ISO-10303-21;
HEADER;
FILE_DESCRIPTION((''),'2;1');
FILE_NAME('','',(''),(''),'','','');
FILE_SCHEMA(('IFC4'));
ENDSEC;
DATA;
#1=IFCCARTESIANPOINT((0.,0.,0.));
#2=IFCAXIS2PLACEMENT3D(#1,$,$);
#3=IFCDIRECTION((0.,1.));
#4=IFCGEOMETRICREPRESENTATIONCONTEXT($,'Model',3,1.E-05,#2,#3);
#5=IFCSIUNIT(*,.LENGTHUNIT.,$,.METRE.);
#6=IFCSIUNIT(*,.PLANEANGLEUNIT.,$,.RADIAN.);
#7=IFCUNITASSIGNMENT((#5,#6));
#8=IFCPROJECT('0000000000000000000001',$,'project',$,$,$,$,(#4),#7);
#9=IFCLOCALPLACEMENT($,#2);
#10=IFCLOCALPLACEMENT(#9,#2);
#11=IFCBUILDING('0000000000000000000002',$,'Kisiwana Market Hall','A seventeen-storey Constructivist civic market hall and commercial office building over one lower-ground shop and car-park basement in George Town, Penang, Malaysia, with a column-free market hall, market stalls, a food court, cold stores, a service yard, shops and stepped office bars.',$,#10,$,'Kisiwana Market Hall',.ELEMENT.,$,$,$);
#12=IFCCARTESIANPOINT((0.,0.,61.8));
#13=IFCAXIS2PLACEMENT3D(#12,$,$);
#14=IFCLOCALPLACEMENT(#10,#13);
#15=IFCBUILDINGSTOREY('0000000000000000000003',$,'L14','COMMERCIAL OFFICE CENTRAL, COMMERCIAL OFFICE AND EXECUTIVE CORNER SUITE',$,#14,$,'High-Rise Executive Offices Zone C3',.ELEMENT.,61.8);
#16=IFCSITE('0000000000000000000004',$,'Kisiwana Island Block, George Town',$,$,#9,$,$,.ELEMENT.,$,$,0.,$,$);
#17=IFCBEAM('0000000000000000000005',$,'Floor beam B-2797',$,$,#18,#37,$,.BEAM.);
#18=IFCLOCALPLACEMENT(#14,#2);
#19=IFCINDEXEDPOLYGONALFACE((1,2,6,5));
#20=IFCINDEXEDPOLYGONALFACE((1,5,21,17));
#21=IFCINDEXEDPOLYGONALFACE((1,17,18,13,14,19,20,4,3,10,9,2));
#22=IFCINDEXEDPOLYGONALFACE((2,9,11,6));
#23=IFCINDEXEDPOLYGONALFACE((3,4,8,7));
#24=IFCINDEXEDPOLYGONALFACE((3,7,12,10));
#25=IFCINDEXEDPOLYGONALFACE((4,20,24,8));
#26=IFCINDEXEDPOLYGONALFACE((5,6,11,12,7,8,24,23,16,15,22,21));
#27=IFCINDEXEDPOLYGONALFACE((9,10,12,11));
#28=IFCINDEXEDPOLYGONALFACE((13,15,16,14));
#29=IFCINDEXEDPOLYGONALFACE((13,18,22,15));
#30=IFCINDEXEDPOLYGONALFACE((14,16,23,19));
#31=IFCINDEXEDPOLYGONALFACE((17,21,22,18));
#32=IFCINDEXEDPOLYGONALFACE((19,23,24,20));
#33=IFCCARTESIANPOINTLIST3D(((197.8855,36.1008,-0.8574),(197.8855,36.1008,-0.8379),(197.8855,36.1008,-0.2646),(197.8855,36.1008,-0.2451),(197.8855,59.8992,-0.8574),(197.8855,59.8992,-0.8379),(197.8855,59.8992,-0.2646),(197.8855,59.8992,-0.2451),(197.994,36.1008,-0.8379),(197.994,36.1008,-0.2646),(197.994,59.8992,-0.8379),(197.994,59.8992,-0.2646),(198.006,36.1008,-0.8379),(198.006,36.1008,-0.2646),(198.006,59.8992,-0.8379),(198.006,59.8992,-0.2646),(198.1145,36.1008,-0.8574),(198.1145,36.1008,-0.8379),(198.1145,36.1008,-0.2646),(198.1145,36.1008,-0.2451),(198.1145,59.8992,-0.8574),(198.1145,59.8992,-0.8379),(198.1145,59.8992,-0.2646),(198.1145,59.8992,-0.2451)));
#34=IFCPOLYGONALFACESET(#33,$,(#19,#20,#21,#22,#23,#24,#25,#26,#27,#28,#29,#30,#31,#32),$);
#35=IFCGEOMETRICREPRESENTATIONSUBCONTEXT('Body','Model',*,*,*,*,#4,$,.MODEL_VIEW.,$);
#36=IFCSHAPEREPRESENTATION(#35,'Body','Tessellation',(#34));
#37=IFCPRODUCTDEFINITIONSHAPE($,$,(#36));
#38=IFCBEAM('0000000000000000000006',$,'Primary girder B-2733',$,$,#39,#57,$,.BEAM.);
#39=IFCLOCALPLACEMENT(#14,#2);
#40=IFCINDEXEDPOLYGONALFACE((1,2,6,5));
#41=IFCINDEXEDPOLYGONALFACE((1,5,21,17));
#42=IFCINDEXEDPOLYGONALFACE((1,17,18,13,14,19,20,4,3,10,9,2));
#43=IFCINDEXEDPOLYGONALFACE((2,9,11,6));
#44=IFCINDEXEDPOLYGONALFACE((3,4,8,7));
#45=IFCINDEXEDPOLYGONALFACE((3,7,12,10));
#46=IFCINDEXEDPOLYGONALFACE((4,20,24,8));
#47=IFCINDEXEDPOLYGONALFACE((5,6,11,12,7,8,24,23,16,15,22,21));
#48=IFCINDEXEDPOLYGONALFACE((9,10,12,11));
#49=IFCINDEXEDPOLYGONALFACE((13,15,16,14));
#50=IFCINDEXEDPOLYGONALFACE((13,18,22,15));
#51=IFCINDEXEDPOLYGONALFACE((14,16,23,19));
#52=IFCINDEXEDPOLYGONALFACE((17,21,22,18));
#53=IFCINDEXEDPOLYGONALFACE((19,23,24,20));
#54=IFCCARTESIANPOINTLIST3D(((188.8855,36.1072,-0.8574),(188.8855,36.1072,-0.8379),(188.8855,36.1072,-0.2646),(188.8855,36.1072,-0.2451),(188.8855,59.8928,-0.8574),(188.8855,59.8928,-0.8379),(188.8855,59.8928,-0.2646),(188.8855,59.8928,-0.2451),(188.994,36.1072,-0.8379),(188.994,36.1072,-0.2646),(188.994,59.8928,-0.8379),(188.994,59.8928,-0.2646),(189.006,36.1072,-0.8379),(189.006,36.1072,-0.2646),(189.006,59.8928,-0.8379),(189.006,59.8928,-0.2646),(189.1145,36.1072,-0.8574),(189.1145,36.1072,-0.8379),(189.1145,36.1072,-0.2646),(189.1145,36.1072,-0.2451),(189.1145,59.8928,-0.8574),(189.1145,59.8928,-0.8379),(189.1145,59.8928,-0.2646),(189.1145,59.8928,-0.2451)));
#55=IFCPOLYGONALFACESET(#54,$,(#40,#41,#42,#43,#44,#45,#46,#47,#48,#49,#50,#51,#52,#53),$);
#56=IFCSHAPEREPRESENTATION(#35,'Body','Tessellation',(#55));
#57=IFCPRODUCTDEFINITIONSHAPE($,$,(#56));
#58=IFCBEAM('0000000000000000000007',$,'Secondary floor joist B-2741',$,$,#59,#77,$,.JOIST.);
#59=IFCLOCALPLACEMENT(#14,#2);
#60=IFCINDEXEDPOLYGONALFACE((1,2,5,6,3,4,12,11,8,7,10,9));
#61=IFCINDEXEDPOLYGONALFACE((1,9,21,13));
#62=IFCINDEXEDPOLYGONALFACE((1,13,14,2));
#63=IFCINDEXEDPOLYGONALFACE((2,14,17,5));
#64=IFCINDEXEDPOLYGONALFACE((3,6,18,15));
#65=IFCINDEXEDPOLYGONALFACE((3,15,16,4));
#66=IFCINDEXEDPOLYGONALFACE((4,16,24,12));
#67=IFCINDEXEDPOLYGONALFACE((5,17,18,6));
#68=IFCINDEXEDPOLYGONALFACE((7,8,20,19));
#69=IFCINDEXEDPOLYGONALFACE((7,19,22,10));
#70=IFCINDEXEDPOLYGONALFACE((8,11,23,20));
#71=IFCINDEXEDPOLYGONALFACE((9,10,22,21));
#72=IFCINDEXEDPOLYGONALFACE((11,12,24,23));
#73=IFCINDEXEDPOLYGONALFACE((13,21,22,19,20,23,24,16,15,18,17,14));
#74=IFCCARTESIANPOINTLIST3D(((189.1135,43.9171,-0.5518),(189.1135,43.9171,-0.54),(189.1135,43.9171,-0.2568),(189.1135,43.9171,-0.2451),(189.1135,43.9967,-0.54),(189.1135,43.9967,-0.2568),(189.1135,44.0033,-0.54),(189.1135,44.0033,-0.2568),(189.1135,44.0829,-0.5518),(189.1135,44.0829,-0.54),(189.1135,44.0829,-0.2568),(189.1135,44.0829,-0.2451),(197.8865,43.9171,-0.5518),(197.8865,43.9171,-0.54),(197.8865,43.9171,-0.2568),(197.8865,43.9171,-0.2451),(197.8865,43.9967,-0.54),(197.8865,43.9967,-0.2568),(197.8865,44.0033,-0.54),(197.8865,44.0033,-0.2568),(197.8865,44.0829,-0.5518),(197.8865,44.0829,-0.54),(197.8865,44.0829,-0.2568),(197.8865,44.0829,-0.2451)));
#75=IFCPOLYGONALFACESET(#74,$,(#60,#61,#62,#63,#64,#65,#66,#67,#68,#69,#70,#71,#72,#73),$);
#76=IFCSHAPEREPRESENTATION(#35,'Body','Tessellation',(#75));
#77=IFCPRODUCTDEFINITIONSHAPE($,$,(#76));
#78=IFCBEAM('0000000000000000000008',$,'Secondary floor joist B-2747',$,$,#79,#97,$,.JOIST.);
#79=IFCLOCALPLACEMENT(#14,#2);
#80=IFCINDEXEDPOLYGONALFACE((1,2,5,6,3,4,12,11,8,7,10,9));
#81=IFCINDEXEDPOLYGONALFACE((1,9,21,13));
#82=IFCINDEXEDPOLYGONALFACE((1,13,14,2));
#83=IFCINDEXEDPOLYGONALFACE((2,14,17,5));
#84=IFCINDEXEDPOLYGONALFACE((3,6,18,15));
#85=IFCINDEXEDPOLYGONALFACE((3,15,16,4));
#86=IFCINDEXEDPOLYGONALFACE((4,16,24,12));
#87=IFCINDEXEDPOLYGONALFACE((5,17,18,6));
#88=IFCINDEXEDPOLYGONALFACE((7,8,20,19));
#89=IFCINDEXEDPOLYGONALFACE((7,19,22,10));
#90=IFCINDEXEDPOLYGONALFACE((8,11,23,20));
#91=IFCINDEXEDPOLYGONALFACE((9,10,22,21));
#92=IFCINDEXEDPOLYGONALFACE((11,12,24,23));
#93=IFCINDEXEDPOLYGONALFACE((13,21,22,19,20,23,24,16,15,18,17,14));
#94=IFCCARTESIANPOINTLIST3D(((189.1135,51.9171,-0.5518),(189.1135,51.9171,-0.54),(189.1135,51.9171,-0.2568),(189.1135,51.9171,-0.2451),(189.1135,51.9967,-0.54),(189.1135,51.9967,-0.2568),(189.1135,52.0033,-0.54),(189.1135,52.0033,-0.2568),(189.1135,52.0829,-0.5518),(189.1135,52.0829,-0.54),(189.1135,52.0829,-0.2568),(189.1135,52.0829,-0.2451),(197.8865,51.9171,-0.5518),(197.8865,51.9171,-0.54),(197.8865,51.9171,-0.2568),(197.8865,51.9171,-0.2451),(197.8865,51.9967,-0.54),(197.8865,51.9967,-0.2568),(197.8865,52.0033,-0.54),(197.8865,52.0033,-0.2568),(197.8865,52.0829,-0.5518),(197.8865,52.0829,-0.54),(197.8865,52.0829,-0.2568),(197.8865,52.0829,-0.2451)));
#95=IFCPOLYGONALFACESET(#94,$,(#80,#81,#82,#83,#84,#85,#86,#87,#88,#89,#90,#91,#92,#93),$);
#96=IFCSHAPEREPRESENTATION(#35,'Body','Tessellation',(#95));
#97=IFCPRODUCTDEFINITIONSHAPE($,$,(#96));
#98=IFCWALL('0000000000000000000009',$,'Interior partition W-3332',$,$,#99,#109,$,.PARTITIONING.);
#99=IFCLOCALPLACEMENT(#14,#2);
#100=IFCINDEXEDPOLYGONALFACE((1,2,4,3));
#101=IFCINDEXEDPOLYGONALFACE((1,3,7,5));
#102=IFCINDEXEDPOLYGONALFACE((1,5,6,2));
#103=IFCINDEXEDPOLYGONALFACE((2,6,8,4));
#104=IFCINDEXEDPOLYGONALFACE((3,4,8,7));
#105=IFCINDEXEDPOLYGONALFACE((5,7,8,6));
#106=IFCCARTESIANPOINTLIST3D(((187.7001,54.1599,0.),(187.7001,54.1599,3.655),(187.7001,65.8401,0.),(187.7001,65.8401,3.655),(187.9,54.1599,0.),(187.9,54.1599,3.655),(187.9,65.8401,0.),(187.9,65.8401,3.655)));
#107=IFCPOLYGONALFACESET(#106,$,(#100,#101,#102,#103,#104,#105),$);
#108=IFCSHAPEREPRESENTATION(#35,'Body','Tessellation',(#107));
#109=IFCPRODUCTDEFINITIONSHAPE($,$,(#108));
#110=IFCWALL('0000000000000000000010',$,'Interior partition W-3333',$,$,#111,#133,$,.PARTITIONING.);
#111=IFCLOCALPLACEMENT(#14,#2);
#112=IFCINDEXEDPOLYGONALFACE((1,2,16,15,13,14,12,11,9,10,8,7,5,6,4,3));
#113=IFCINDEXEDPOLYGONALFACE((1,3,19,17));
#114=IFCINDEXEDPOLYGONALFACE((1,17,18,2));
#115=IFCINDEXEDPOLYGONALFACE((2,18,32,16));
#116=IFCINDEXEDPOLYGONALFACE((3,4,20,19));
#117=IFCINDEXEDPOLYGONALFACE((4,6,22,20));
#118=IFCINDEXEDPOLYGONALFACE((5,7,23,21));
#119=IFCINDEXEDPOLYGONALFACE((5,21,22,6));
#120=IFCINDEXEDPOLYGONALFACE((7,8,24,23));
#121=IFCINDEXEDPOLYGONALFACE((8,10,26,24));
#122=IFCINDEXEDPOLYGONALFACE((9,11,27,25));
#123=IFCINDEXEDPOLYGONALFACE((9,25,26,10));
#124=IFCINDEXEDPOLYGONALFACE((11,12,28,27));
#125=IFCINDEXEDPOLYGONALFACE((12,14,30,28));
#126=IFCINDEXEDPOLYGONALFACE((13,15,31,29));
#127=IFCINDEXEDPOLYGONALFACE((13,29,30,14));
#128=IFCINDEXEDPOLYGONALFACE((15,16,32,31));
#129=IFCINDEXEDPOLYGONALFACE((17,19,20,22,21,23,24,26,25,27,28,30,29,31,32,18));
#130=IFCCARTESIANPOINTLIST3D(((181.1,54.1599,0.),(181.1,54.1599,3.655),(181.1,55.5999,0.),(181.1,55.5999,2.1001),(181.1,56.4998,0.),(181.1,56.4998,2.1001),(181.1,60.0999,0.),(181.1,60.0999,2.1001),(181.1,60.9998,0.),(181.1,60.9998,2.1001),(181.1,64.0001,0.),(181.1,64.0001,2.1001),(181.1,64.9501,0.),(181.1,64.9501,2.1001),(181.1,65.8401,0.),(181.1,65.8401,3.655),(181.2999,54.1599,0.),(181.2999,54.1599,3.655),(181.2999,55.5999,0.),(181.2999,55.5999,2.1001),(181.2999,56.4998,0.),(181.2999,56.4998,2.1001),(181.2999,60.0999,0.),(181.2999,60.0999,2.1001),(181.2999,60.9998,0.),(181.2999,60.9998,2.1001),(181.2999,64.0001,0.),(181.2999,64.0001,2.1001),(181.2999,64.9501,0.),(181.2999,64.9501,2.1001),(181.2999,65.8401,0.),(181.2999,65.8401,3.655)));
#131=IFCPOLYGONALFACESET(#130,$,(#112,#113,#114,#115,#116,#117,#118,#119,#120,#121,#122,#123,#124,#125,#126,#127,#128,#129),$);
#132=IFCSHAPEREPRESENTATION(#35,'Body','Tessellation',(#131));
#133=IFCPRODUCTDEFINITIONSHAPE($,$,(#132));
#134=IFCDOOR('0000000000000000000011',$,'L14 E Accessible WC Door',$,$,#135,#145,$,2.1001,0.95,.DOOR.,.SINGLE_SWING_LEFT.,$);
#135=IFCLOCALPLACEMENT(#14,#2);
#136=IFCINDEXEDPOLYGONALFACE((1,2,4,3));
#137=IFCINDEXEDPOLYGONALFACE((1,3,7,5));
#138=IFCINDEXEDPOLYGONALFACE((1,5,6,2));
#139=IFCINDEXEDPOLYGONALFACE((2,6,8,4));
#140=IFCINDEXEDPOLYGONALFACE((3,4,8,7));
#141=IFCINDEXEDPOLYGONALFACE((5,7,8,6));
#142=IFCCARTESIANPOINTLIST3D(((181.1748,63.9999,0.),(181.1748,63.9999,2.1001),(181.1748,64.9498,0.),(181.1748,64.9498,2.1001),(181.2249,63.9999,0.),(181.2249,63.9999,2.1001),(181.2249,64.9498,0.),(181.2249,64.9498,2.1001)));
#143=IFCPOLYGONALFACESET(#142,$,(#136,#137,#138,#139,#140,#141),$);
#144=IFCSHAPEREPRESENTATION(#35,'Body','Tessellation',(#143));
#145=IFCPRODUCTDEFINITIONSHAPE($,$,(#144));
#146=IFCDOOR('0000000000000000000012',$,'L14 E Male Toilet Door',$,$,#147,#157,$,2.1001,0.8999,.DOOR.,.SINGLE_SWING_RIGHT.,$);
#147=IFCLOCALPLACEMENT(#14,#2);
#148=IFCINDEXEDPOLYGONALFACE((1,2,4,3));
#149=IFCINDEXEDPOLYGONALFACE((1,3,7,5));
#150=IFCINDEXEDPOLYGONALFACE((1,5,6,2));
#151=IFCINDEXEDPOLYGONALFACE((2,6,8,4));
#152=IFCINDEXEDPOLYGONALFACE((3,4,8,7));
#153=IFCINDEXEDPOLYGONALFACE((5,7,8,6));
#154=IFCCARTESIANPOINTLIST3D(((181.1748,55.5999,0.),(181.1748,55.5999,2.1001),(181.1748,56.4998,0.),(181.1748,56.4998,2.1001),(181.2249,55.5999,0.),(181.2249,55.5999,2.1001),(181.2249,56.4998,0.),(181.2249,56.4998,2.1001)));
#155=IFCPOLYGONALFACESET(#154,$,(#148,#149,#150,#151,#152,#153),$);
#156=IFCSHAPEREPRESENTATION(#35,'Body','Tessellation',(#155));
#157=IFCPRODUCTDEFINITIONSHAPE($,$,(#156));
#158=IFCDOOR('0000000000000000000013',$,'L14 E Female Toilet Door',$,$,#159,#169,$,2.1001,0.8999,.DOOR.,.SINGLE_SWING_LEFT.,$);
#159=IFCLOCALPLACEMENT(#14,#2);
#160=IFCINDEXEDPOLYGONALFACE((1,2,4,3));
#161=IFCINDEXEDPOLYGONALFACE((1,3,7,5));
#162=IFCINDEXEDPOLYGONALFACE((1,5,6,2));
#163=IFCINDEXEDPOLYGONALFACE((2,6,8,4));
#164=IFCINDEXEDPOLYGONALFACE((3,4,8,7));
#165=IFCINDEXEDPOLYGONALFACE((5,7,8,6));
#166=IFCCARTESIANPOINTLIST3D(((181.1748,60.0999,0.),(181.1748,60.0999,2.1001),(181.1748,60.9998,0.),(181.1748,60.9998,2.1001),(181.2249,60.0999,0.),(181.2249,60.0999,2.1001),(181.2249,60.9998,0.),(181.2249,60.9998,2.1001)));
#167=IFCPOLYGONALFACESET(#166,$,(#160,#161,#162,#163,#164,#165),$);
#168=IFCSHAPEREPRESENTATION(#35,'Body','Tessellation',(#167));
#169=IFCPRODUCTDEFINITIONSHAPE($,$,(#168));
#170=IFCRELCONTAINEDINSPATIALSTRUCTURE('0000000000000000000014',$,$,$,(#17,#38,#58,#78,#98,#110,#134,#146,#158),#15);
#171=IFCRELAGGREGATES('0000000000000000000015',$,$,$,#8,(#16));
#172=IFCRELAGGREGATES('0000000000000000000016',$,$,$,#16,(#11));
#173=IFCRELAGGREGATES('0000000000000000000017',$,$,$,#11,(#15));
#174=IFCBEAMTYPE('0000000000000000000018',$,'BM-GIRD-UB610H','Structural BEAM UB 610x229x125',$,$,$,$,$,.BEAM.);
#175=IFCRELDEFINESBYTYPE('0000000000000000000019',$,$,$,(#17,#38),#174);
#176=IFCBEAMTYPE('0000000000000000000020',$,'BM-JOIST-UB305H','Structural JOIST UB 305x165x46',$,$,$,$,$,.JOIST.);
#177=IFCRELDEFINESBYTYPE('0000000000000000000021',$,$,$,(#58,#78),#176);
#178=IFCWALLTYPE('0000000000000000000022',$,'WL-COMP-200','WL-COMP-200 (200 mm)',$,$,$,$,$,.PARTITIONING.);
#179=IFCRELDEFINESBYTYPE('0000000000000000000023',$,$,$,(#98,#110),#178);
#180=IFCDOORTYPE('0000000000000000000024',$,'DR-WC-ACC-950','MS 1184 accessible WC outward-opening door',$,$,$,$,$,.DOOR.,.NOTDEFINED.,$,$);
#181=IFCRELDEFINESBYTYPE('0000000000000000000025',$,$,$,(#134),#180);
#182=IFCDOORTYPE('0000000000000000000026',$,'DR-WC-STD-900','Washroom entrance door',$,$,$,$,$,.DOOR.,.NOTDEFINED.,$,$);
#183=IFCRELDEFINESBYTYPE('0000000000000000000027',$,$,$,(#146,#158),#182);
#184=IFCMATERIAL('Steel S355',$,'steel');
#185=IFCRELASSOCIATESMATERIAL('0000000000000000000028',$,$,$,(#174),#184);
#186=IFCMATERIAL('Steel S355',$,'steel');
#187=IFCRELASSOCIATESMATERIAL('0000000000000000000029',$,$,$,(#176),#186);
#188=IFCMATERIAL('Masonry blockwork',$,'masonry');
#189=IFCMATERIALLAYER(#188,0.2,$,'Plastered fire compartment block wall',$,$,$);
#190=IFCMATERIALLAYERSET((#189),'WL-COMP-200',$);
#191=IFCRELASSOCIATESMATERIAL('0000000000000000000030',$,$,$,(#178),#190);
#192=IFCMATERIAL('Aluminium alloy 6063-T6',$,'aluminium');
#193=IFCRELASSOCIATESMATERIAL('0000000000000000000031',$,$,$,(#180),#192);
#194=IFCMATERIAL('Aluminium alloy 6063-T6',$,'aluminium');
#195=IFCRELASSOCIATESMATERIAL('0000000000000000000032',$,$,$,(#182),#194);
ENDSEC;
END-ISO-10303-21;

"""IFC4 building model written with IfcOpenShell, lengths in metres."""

from ifc_helpers import new_model, si_unit, direction, frame, frame_2d, origin, origin_2d, place, context, subcontext, project, spatial, rectangle, i_section, extrude, material, layer, layer_set, material_profile, profile_set, type_object, element, fill, save


model = new_model("IFC4")

# Units and contexts
model_context = context("Model", 3, precision=1e-05, world=origin(), true_north=direction((0.0, 1.0)))
body_context = subcontext(model_context, "Body", "Model", "MODEL_VIEW")
ifc_project = project(units=[si_unit("LENGTHUNIT", "METRE"), si_unit("PLANEANGLEUNIT", "RADIAN")], contexts=[model_context])

# Site, building, storey
site_placement = place(None, origin())
site = spatial("IfcSite", under=ifc_project, at=site_placement, Name="Kisiwana Island Block, George Town", CompositionType="ELEMENT", RefElevation=0.0)
building_placement = place(site_placement, origin())
building = spatial("IfcBuilding", under=site, at=building_placement, Name="Kisiwana Market Hall", Description="A seventeen-storey Constructivist civic market hall and commercial office building over one lower-ground shop and car-park basement in George Town, Penang, Malaysia, with a column-free market hall, market stalls, a food court, cold stores, a service yard, shops and stepped office bars.", LongName="Kisiwana Market Hall", CompositionType="ELEMENT")
storey_placement = place(building_placement, frame((0.0, 0.0, 61.8)))
storey = spatial("IfcBuildingStorey", under=building, at=storey_placement, Name="L14", Description="COMMERCIAL OFFICE CENTRAL, COMMERCIAL OFFICE AND EXECUTIVE CORNER SUITE", LongName="High-Rise Executive Offices Zone C3", CompositionType="ELEMENT", Elevation=61.8)

# Beams
ifc_material_1 = material(Name="Steel S355", Category="steel")
ifc_material_profile_1 = material_profile(ifc_material_1, i_section(OverallWidth=0.229, OverallDepth=0.6123, WebThickness=0.012, FlangeThickness=0.0195, at=origin_2d()), Name="UB 610x229x125")
ifc_profile_set_1 = profile_set([ifc_material_profile_1], Name="Steel S355")
beam_type_1 = type_object("IfcBeamType", Name="BM-GIRD-UB610H", Description="Structural BEAM UB 610x229x125", PredefinedType="BEAM", material=ifc_profile_set_1)
beam_1_placement = place(storey_placement, frame((198.0, 36.1008, -0.5513), z_axis=(0.0, 1.0, 0.0), x_axis=(-1.0, 0.0, 0.0)))
element("IfcBeam", 1, at=beam_1_placement, inside=storey, type_object=beam_type_1, Name="Floor beam B-2797", PredefinedType="BEAM", context=body_context, shape_type="SweptSolid", body=[
    extrude(i_section(OverallWidth=0.229, OverallDepth=0.6123, WebThickness=0.012, FlangeThickness=0.0195, at=origin_2d()), origin(), (0.0, 0.0, 1.0), 23.7983),
])
beam_2_placement = place(storey_placement, frame((189.0, 36.1072, -0.5513), z_axis=(0.0, 1.0, 0.0), x_axis=(-1.0, 0.0, 0.0)))
element("IfcBeam", 2, at=beam_2_placement, inside=storey, type_object=beam_type_1, Name="Primary girder B-2733", PredefinedType="BEAM", context=body_context, shape_type="SweptSolid", body=[
    extrude(i_section(OverallWidth=0.229, OverallDepth=0.6123, WebThickness=0.012, FlangeThickness=0.0195, at=origin_2d()), origin(), (0.0, 0.0, 1.0), 23.7856),
])
ifc_material_2 = material(Name="Steel S355", Category="steel")
ifc_material_profile_2 = material_profile(ifc_material_2, i_section(OverallWidth=0.1658, OverallDepth=0.3066, WebThickness=0.0066, FlangeThickness=0.0117, at=origin_2d()), Name="UB 305x165x46")
ifc_profile_set_2 = profile_set([ifc_material_profile_2], Name="Steel S355")
beam_type_2 = type_object("IfcBeamType", Name="BM-JOIST-UB305H", Description="Structural JOIST UB 305x165x46", PredefinedType="JOIST", material=ifc_profile_set_2)
for number, where, z_axis, x_axis, name in (
    (3, (189.1135, 44.0, -0.3984), (1.0, 0.0, 0.0), (0.0, 1.0, 0.0), "Secondary floor joist B-2741"),
    (4, (189.1135, 52.0, -0.3984), (1.0, 0.0, 0.0), (0.0, 1.0, 0.0), "Secondary floor joist B-2747"),
):
    element("IfcBeam", number, at=place(storey_placement, frame(where, z_axis=z_axis, x_axis=x_axis)), inside=storey, type_object=beam_type_2, Name=name, PredefinedType="JOIST", context=body_context, shape_type="SweptSolid", body=[
        extrude(i_section(OverallWidth=0.1658, OverallDepth=0.3066, WebThickness=0.0066, FlangeThickness=0.0117, at=origin_2d()), origin(), (0.0, 0.0, 1.0), 8.7729),
    ])

# Wall
ifc_material_3 = material(Name="Masonry blockwork", Category="masonry")
ifc_layer_1 = layer(ifc_material_3, 0.2, Name="Plastered fire compartment block wall")
ifc_layer_set_1 = layer_set([ifc_layer_1], Name="WL-COMP-200")
wall_type_1 = type_object("IfcWallType", Name="WL-COMP-200", Description="WL-COMP-200 (200 mm)", PredefinedType="PARTITIONING", material=ifc_layer_set_1)
wall_1_placement = place(storey_placement, frame((187.8, 54.1599, 0.0), z_axis=(0.0, 0.0, 1.0), x_axis=(0.0, 1.0, 0.0)))
element("IfcWall", 5, at=wall_1_placement, inside=storey, type_object=wall_type_1, Name="Interior partition W-3332", PredefinedType="PARTITIONING", context=body_context, shape_type="SweptSolid", body=[
    extrude(rectangle(XDim=11.6802, YDim=0.2, at=frame_2d((5.8401, 0.0))), origin(), (0.0, 0.0, 1.0), 3.655),
])

# Wall, openings, doors
wall_2_placement = place(storey_placement, frame((181.2, 54.1599, 0.0), z_axis=(0.0, 0.0, 1.0), x_axis=(0.0, 1.0, 0.0)))
wall_2 = element("IfcWall", 6, at=wall_2_placement, inside=storey, type_object=wall_type_1, Name="Interior partition W-3333", PredefinedType="PARTITIONING", context=body_context, shape_type="SweptSolid", body=[
    extrude(rectangle(XDim=11.6802, YDim=0.2, at=frame_2d((5.8401, 0.0))), origin(), (0.0, 0.0, 1.0), 3.655),
])
opening_1_placement = place(wall_2_placement, frame((1.4399, 0.0, 0.0)))
opening_1 = element("IfcOpeningElement", 7, at=opening_1_placement, cuts=wall_2, PredefinedType="OPENING", context=body_context, shape_type="SweptSolid", body=[
    extrude(rectangle(XDim=0.8999, YDim=2.1001, at=frame_2d((0.45, 1.05))), frame((0.0, 0.1118, 0.0), z_axis=(0.0, -1.0, 0.0), x_axis=(1.0, 0.0, 0.0)), (0.0, 0.0, 1.0), 0.2239),
])
opening_2_placement = place(wall_2_placement, frame((5.9399, 0.0, 0.0)))
opening_2 = element("IfcOpeningElement", 8, at=opening_2_placement, cuts=wall_2, PredefinedType="OPENING", context=body_context, shape_type="SweptSolid", body=[
    extrude(rectangle(XDim=0.8999, YDim=2.1001, at=frame_2d((0.45, 1.05))), frame((0.0, 0.1118, 0.0), z_axis=(0.0, -1.0, 0.0), x_axis=(1.0, 0.0, 0.0)), (0.0, 0.0, 1.0), 0.2239),
])
opening_3_placement = place(wall_2_placement, frame((9.8401, 0.0, 0.0)))
opening_3 = element("IfcOpeningElement", 9, at=opening_3_placement, cuts=wall_2, PredefinedType="OPENING", context=body_context, shape_type="SweptSolid", body=[
    extrude(rectangle(XDim=0.95, YDim=2.1001, at=frame_2d((0.4751, 1.05))), frame((0.0, 0.1118, 0.0), z_axis=(0.0, -1.0, 0.0), x_axis=(1.0, 0.0, 0.0)), (0.0, 0.0, 1.0), 0.2239),
])
ifc_material_4 = material(Name="Aluminium alloy 6063-T6", Category="aluminium")
door_type_1 = type_object("IfcDoorType", Name="DR-WC-ACC-950", Description="MS 1184 accessible WC outward-opening door", OperationType="NOTDEFINED", PredefinedType="DOOR", material=ifc_material_4)
door_1_placement = place(opening_3_placement, frame((0.95, 0.0, 0.0), z_axis=(0.0, 0.0, 1.0), x_axis=(-1.0, 0.0, 0.0)))
door_1 = element("IfcDoor", 10, at=door_1_placement, inside=storey, type_object=door_type_1, Name="L14 E Accessible WC Door", OperationType="SINGLE_SWING_LEFT", OverallHeight=2.1001, OverallWidth=0.95, PredefinedType="DOOR", context=body_context, shape_type="SweptSolid", body=[
    extrude(rectangle(XDim=0.95, YDim=2.1001, at=frame_2d((0.4751, 1.05))), frame((0.0, 0.0249, 0.0), z_axis=(0.0, -1.0, 0.0), x_axis=(1.0, 0.0, 0.0)), (0.0, 0.0, 1.0), 0.05),
])
fill(opening_3, door_1)
ifc_material_5 = material(Name="Aluminium alloy 6063-T6", Category="aluminium")
door_type_2 = type_object("IfcDoorType", Name="DR-WC-STD-900", Description="Washroom entrance door", OperationType="NOTDEFINED", PredefinedType="DOOR", material=ifc_material_5)
door_2_placement = place(opening_1_placement, frame((0.8999, 0.0, 0.0), z_axis=(0.0, 0.0, 1.0), x_axis=(-1.0, 0.0, 0.0)))
door_2 = element("IfcDoor", 11, at=door_2_placement, inside=storey, type_object=door_type_2, Name="L14 E Male Toilet Door", OperationType="SINGLE_SWING_RIGHT", OverallHeight=2.1001, OverallWidth=0.8999, PredefinedType="DOOR", context=body_context, shape_type="SweptSolid", body=[
    extrude(rectangle(XDim=0.8999, YDim=2.1001, at=frame_2d((0.45, 1.05))), frame((0.0, 0.0249, 0.0), z_axis=(0.0, -1.0, 0.0), x_axis=(1.0, 0.0, 0.0)), (0.0, 0.0, 1.0), 0.05),
])
fill(opening_1, door_2)
door_3_placement = place(opening_2_placement, frame((0.8999, 0.0, 0.0), z_axis=(0.0, 0.0, 1.0), x_axis=(-1.0, 0.0, 0.0)))
door_3 = element("IfcDoor", 12, at=door_3_placement, inside=storey, type_object=door_type_2, Name="L14 E Female Toilet Door", OperationType="SINGLE_SWING_LEFT", OverallHeight=2.1001, OverallWidth=0.8999, PredefinedType="DOOR", context=body_context, shape_type="SweptSolid", body=[
    extrude(rectangle(XDim=0.8999, YDim=2.1001, at=frame_2d((0.45, 1.05))), frame((0.0, 0.0249, 0.0), z_axis=(0.0, -1.0, 0.0), x_axis=(1.0, 0.0, 0.0)), (0.0, 0.0, 1.0), 0.05),
])
fill(opening_2, door_3)

save(model, "model.ifc")
